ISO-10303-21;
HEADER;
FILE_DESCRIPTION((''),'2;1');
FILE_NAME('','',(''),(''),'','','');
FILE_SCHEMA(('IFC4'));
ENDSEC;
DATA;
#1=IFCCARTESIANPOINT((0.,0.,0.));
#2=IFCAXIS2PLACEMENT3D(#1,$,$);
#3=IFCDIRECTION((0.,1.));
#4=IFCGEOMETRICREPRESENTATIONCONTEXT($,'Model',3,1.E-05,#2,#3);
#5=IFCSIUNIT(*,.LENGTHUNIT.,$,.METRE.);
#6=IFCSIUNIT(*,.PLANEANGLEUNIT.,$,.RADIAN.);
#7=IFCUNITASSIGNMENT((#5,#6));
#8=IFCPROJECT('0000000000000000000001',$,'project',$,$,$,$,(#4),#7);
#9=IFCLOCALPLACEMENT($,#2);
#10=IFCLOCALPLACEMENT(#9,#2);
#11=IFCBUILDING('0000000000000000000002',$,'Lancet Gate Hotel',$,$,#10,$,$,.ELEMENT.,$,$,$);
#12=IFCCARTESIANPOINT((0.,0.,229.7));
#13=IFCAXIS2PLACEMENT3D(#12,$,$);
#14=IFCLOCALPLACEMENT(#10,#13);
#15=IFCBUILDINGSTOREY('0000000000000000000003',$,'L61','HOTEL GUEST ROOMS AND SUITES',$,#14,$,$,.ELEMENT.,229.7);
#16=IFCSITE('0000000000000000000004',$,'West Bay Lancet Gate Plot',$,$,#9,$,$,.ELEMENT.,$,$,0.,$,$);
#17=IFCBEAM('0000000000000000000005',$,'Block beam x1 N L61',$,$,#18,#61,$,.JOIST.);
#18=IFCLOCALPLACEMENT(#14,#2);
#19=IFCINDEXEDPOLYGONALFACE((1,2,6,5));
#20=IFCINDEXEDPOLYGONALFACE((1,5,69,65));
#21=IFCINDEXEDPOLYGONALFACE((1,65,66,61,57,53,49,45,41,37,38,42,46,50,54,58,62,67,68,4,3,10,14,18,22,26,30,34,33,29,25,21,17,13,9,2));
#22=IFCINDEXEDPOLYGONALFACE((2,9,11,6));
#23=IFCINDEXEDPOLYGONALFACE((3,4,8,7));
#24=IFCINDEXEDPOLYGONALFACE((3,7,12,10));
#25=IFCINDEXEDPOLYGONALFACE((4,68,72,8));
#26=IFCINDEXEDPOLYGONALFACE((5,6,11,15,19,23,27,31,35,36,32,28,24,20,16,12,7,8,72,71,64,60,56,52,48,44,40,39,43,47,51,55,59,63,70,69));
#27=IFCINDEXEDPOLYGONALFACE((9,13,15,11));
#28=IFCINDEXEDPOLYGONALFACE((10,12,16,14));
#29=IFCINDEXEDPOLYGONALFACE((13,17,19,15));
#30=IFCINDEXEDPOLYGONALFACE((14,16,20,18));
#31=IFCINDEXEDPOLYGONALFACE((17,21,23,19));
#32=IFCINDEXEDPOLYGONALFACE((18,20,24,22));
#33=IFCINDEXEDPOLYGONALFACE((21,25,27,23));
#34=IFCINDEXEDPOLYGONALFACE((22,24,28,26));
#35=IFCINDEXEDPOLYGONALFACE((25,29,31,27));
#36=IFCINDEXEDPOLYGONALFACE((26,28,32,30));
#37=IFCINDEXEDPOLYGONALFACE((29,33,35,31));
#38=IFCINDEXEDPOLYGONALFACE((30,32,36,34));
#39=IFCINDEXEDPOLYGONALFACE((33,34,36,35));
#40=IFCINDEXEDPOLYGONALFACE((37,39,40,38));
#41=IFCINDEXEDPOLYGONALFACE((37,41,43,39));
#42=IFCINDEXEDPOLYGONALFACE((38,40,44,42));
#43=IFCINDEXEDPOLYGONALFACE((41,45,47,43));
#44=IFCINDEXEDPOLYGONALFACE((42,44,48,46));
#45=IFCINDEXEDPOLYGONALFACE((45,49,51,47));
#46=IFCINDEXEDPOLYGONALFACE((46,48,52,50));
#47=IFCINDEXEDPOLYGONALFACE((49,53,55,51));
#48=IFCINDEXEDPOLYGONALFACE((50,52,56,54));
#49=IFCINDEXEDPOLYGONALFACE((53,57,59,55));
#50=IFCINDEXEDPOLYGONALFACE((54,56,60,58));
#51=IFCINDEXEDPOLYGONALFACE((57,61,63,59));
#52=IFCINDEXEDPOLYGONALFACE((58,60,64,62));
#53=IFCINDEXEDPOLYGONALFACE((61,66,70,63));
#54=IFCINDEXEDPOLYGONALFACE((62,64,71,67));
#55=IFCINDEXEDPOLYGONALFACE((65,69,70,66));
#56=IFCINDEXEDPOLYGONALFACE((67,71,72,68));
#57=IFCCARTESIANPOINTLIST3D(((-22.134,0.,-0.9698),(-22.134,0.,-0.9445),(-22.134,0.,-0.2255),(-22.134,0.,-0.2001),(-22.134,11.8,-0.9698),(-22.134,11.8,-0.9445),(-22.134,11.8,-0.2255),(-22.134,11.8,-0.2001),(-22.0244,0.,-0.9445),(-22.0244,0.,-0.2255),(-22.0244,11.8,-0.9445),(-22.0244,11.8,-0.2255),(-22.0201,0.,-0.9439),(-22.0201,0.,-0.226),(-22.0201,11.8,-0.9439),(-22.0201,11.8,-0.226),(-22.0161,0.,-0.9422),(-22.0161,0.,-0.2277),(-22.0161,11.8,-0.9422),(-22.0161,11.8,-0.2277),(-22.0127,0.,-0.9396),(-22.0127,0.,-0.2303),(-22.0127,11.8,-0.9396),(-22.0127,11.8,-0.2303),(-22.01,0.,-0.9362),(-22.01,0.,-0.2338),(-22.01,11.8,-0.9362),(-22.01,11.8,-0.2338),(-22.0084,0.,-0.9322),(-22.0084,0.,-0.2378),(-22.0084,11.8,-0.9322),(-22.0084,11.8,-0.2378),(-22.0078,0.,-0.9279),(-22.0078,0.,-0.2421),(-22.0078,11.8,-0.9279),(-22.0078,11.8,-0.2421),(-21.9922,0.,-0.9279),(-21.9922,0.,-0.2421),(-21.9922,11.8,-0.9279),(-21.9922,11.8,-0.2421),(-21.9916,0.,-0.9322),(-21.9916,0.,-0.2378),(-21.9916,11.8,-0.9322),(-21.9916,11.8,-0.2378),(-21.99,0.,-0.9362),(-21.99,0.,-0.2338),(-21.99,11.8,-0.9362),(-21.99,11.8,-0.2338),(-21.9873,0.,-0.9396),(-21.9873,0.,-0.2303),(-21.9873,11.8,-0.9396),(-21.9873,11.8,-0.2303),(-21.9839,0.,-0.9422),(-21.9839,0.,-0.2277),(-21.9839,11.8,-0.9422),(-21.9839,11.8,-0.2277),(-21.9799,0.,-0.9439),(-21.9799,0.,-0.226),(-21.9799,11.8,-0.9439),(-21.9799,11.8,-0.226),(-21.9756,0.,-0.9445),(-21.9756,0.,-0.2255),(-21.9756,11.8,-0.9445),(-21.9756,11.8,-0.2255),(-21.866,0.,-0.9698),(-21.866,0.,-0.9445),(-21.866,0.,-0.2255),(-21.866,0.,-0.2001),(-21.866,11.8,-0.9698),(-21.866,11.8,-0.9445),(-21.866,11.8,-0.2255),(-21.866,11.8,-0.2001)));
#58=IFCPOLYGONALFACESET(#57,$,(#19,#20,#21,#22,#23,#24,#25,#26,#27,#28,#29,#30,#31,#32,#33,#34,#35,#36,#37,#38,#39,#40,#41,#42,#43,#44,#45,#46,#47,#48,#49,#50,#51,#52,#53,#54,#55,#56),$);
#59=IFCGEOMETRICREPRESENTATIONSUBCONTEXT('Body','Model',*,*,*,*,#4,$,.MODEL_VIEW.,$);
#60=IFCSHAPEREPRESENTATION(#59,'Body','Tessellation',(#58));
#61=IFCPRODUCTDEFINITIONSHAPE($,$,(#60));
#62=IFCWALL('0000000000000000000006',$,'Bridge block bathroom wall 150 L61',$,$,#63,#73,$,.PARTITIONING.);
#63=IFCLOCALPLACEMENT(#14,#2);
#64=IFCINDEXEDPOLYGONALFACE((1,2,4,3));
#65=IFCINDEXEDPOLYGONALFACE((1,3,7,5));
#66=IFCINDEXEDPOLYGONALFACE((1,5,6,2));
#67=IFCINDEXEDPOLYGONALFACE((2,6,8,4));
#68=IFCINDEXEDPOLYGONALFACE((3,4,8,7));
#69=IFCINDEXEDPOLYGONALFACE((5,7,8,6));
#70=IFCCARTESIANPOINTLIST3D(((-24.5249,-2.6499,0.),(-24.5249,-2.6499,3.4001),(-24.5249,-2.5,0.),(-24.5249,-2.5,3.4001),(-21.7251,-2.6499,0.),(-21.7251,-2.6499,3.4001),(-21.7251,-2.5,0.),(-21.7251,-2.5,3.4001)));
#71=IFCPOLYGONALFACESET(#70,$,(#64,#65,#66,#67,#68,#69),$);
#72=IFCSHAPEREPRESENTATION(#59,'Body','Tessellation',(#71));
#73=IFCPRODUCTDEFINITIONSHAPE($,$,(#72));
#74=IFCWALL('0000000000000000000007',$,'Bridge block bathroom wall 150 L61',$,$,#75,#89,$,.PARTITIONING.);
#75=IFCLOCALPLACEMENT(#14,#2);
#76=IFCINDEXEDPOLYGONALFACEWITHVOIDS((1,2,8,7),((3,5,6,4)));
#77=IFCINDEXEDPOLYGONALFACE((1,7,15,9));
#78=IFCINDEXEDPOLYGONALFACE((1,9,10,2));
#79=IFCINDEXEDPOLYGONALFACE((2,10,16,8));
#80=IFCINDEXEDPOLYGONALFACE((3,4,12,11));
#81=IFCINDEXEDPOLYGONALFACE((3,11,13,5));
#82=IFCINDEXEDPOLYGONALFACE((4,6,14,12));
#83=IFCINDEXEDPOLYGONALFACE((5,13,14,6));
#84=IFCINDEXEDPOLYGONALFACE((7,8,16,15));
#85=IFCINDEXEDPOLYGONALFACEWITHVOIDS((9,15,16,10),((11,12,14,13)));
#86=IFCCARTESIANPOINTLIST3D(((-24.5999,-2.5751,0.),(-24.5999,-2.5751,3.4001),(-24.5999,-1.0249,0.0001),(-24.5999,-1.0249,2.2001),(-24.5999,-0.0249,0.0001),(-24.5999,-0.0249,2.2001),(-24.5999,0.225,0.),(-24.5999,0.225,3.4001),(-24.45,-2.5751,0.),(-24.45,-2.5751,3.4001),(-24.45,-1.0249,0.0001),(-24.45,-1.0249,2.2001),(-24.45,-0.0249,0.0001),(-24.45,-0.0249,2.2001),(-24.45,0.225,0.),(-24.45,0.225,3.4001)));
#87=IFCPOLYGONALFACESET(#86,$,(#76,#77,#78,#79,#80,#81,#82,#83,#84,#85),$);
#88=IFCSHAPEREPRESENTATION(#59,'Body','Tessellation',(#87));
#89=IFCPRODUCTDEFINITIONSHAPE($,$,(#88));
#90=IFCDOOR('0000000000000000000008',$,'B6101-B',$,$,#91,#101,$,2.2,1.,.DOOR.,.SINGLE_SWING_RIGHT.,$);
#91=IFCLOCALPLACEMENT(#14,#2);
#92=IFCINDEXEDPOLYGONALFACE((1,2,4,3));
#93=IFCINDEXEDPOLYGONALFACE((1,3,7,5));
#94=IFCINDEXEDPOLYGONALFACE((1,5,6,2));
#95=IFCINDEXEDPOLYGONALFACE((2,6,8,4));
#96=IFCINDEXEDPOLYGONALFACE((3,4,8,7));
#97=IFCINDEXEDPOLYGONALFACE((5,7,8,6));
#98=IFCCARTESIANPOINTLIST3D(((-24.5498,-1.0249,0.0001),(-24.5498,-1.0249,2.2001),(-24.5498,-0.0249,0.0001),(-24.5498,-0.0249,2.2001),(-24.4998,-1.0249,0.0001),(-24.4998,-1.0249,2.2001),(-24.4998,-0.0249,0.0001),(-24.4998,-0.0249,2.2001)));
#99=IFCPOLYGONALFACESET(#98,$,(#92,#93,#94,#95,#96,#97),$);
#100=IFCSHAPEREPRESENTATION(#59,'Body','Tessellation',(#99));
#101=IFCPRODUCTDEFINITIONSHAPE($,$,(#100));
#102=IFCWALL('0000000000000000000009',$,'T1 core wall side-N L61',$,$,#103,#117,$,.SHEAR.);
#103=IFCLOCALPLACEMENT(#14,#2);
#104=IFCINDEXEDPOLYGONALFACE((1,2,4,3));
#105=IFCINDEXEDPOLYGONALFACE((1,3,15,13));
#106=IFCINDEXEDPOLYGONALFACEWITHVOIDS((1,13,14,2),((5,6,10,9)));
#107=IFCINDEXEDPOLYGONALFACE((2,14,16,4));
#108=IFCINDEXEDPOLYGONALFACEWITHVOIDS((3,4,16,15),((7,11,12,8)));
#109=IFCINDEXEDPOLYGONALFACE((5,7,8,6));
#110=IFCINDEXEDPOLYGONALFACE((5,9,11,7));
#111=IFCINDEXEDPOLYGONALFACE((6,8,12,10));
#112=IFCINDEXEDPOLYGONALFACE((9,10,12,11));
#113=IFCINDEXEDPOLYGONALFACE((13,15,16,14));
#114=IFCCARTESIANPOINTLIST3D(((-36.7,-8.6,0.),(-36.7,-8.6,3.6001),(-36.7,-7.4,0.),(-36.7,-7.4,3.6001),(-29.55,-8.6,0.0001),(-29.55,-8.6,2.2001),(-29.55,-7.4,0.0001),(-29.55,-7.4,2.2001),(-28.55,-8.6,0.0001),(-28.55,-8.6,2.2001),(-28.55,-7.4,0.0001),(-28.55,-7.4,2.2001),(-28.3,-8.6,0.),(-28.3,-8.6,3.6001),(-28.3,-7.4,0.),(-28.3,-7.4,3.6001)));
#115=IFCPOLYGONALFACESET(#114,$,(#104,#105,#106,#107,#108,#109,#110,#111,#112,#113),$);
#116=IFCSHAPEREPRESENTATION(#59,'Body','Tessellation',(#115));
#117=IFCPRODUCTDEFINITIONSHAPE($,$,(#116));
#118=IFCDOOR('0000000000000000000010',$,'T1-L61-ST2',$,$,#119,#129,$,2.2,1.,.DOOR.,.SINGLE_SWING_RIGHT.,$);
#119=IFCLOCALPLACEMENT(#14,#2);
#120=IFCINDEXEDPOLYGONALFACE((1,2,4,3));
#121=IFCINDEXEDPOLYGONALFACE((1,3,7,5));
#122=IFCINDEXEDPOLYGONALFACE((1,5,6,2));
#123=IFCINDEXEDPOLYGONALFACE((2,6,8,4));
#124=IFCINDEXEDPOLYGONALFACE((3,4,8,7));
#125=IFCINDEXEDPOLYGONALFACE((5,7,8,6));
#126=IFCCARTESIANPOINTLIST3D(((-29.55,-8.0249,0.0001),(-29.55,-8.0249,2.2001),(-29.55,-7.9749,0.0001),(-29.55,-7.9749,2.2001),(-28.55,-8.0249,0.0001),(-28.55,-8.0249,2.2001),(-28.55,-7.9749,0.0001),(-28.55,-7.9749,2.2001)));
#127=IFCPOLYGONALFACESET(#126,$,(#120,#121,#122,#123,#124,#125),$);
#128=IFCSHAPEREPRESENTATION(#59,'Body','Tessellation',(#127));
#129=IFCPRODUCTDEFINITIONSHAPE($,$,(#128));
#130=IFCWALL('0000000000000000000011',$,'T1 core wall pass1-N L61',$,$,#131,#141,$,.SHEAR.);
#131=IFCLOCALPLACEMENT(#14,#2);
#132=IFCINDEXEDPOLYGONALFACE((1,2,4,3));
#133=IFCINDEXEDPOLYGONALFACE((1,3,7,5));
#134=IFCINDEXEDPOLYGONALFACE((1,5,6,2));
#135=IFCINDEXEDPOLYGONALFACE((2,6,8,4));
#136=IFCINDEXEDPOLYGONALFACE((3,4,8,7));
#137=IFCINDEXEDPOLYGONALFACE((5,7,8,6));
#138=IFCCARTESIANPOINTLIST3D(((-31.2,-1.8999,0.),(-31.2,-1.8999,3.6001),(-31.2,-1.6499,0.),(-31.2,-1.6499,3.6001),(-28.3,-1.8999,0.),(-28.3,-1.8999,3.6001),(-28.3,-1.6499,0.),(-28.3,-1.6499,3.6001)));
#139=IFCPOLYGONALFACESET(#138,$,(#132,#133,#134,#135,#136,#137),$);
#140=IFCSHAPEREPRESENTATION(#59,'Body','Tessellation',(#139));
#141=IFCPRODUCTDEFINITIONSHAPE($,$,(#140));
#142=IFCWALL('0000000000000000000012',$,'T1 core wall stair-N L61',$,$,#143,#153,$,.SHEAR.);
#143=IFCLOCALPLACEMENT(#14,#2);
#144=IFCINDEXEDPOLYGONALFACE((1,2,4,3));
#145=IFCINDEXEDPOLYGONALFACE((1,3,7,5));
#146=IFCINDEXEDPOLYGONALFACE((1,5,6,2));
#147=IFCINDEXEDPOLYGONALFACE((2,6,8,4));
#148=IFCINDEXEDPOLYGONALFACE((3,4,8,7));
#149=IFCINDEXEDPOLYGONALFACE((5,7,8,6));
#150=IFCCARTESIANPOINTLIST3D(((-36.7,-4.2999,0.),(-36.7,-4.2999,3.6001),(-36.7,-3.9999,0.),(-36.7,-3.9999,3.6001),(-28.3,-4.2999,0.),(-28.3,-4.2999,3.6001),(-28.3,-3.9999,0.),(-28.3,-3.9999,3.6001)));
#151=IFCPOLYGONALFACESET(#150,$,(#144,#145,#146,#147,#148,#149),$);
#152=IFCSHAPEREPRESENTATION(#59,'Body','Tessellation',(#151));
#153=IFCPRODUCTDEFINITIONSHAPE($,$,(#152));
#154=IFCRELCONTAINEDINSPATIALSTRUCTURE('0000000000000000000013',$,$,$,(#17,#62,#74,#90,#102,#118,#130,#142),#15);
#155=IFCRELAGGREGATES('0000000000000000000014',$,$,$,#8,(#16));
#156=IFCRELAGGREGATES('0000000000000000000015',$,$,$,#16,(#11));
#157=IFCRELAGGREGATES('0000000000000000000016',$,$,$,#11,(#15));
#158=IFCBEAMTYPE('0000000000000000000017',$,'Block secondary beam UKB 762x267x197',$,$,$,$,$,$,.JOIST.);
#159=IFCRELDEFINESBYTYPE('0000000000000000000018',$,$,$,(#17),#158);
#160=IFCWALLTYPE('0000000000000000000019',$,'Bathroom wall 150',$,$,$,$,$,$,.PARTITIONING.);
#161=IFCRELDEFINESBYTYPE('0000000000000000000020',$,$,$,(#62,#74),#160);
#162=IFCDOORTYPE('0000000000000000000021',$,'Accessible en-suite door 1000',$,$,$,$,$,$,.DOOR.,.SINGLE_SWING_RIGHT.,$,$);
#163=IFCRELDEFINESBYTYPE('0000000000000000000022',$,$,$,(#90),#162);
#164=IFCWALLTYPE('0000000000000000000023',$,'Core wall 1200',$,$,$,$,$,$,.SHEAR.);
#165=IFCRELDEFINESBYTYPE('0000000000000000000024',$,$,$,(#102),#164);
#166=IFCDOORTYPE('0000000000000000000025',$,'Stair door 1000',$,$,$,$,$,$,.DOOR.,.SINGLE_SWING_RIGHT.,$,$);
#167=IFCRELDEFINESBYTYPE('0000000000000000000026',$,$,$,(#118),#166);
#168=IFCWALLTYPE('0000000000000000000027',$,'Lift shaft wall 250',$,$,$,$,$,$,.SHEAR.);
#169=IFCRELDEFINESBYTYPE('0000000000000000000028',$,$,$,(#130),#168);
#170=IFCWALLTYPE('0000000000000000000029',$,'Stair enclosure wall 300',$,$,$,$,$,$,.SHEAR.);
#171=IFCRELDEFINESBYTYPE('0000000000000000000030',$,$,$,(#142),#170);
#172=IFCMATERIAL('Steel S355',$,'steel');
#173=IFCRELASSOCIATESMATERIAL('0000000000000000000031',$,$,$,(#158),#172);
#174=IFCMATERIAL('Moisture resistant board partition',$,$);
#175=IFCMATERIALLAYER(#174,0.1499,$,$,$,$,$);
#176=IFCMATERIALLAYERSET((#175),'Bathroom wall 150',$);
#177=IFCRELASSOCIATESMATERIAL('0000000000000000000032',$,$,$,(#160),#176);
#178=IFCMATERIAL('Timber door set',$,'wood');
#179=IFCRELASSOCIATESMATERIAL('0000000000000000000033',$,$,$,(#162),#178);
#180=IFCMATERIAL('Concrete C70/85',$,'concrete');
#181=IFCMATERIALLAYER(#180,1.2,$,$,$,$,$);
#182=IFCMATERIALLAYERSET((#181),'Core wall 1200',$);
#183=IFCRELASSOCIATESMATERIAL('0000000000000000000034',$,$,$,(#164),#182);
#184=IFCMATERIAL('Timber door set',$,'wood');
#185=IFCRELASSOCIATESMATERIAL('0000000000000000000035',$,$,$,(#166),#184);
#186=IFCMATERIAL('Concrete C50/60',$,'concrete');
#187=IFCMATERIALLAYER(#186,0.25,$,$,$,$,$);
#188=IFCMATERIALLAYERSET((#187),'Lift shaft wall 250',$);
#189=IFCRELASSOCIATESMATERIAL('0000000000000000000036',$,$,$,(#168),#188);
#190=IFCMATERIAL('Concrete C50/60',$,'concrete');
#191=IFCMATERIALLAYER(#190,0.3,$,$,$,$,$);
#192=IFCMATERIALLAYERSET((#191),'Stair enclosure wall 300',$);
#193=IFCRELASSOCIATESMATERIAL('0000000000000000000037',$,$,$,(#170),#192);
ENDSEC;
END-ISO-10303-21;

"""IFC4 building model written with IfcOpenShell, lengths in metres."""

from ifc_helpers import new_model, si_unit, direction, frame, frame_2d, origin, origin_2d, place, context, subcontext, project, spatial, rectangle, i_section, extrude, material, layer, layer_set, material_profile, profile_set, type_object, element, fill, save


model = new_model("IFC4")

# Units and contexts
model_context = context("Model", 3, precision=1e-05, world=origin(), true_north=direction((0.0, 1.0)))
body_context = subcontext(model_context, "Body", "Model", "MODEL_VIEW")
ifc_project = project(units=[si_unit("LENGTHUNIT", "METRE"), si_unit("PLANEANGLEUNIT", "RADIAN")], contexts=[model_context])

# Site, building, storey
site_placement = place(None, origin())
site = spatial("IfcSite", under=ifc_project, at=site_placement, Name="West Bay Lancet Gate Plot", CompositionType="ELEMENT", RefElevation=0.0)
building_placement = place(site_placement, origin())
building = spatial("IfcBuilding", under=site, at=building_placement, Name="Lancet Gate Hotel", CompositionType="ELEMENT")
storey_placement = place(building_placement, frame((0.0, 0.0, 229.7)))
storey = spatial("IfcBuildingStorey", under=building, at=storey_placement, Name="L61", Description="HOTEL GUEST ROOMS AND SUITES", CompositionType="ELEMENT", Elevation=229.7)

# Beam
ifc_material_1 = material(Name="Steel S355", Category="steel")
ifc_material_profile_1 = material_profile(ifc_material_1, i_section(OverallWidth=0.2681, OverallDepth=0.7698, WebThickness=0.0156, FlangeThickness=0.0254, FilletRadius=0.0166, at=origin_2d()), Name="UKB 762x267x197")
ifc_profile_set_1 = profile_set([ifc_material_profile_1], Name="Steel S355")
beam_type_1 = type_object("IfcBeamType", Name="Block secondary beam UKB 762x267x197", PredefinedType="JOIST", material=ifc_profile_set_1)
beam_1_placement = place(storey_placement, frame((-22.0, 0.0, -0.585), z_axis=(0.0, 1.0, 0.0), x_axis=(-1.0, 0.0, 0.0)))
element("IfcBeam", 1, at=beam_1_placement, inside=storey, type_object=beam_type_1, Name="Block beam x1 N L61", PredefinedType="JOIST", context=body_context, shape_type="SweptSolid", body=[
    extrude(i_section(OverallWidth=0.2681, OverallDepth=0.7698, WebThickness=0.0156, FlangeThickness=0.0254, FilletRadius=0.0166, at=origin_2d()), origin(), (0.0, 0.0, 1.0), 11.8),
])

# Wall
ifc_material_2 = material(Name="Moisture resistant board partition")
ifc_layer_1 = layer(ifc_material_2, 0.1499)
ifc_layer_set_1 = layer_set([ifc_layer_1], Name="Bathroom wall 150")
wall_type_1 = type_object("IfcWallType", Name="Bathroom wall 150", PredefinedType="PARTITIONING", material=ifc_layer_set_1)
wall_1_placement = place(storey_placement, frame((-24.5249, -2.575, 0.0), z_axis=(0.0, 0.0, 1.0), x_axis=(1.0, 0.0, 0.0)))
element("IfcWall", 2, at=wall_1_placement, inside=storey, type_object=wall_type_1, Name="Bridge block bathroom wall 150 L61", PredefinedType="PARTITIONING", context=body_context, shape_type="SweptSolid", body=[
    extrude(rectangle(XDim=2.7998, YDim=0.1499, at=frame_2d((1.3999, 0.0))), origin(), (0.0, 0.0, 1.0), 3.4001),
])

# Walls, openings, doors
wall_2_placement = place(storey_placement, frame((-24.5249, -2.575, 0.0), z_axis=(0.0, 0.0, 1.0), x_axis=(0.0, 1.0, 0.0)))
wall_2 = element("IfcWall", 3, at=wall_2_placement, inside=storey, type_object=wall_type_1, Name="Bridge block bathroom wall 150 L61", PredefinedType="PARTITIONING", context=body_context, shape_type="SweptSolid", body=[
    extrude(rectangle(XDim=2.8, YDim=0.1499, at=frame_2d((1.3999, 0.0))), origin(), (0.0, 0.0, 1.0), 3.4001),
])
opening_1_placement = place(wall_2_placement, frame((1.55, 0.0, 0.0)))
opening_1 = element("IfcOpeningElement", 4, at=opening_1_placement, cuts=wall_2, PredefinedType="OPENING", context=body_context, shape_type="SweptSolid", body=[
    extrude(rectangle(XDim=1.0, YDim=2.2, at=frame_2d((0.5, 1.1001))), frame((0.0, 0.085, 0.0), z_axis=(0.0, -1.0, 0.0), x_axis=(1.0, 0.0, 0.0)), (0.0, 0.0, 1.0), 0.1699),
])
ifc_material_3 = material(Name="Timber door set", Category="wood")
door_type_1 = type_object("IfcDoorType", Name="Accessible en-suite door 1000", OperationType="SINGLE_SWING_RIGHT", PredefinedType="DOOR", material=ifc_material_3)
door_1_placement = place(opening_1_placement, origin())
door_1 = element("IfcDoor", 5, at=door_1_placement, inside=storey, type_object=door_type_1, Name="B6101-B", OperationType="SINGLE_SWING_RIGHT", OverallHeight=2.2, OverallWidth=1.0, PredefinedType="DOOR", context=body_context, shape_type="SweptSolid", body=[
    extrude(rectangle(XDim=1.0, YDim=2.2, at=frame_2d((0.5, 1.1001))), frame((0.0, 0.0249, 0.0), z_axis=(0.0, -1.0, 0.0), x_axis=(1.0, 0.0, 0.0)), (0.0, 0.0, 1.0), 0.05),
])
fill(opening_1, door_1)
ifc_material_4 = material(Name="Concrete C70/85", Category="concrete")
ifc_layer_2 = layer(ifc_material_4, 1.2)
ifc_layer_set_2 = layer_set([ifc_layer_2], Name="Core wall 1200")
wall_type_2 = type_object("IfcWallType", Name="Core wall 1200", PredefinedType="SHEAR", material=ifc_layer_set_2)
wall_3_placement = place(storey_placement, frame((-28.3, -8.0, 0.0), z_axis=(0.0, 0.0, 1.0), x_axis=(-1.0, 0.0, 0.0)))
wall_3 = element("IfcWall", 6, at=wall_3_placement, inside=storey, type_object=wall_type_2, Name="T1 core wall side-N L61", PredefinedType="SHEAR", context=body_context, shape_type="SweptSolid", body=[
    extrude(rectangle(XDim=8.3999, YDim=1.2, at=frame_2d((4.2, 0.0))), origin(), (0.0, 0.0, 1.0), 3.6001),
])
opening_2_placement = place(wall_3_placement, frame((0.25, 0.0, 0.0)))
opening_2 = element("IfcOpeningElement", 7, at=opening_2_placement, cuts=wall_3, PredefinedType="OPENING", context=body_context, shape_type="SweptSolid", body=[
    extrude(rectangle(XDim=1.0, YDim=2.2, at=frame_2d((0.5, 1.1001))), frame((0.0, 0.6099, 0.0), z_axis=(0.0, -1.0, 0.0), x_axis=(1.0, 0.0, 0.0)), (0.0, 0.0, 1.0), 1.22),
])
ifc_material_5 = material(Name="Timber door set", Category="wood")
door_type_2 = type_object("IfcDoorType", Name="Stair door 1000", OperationType="SINGLE_SWING_RIGHT", PredefinedType="DOOR", material=ifc_material_5)
door_2_placement = place(opening_2_placement, origin())
door_2 = element("IfcDoor", 8, at=door_2_placement, inside=storey, type_object=door_type_2, Name="T1-L61-ST2", OperationType="SINGLE_SWING_RIGHT", OverallHeight=2.2, OverallWidth=1.0, PredefinedType="DOOR", context=body_context, shape_type="SweptSolid", body=[
    extrude(rectangle(XDim=1.0, YDim=2.2, at=frame_2d((0.5, 1.1001))), frame((0.0, 0.0249, 0.0), z_axis=(0.0, -1.0, 0.0), x_axis=(1.0, 0.0, 0.0)), (0.0, 0.0, 1.0), 0.05),
])
fill(opening_2, door_2)

# Walls
ifc_material_6 = material(Name="Concrete C50/60", Category="concrete")
ifc_layer_3 = layer(ifc_material_6, 0.25)
ifc_layer_set_3 = layer_set([ifc_layer_3], Name="Lift shaft wall 250")
wall_type_3 = type_object("IfcWallType", Name="Lift shaft wall 250", PredefinedType="SHEAR", material=ifc_layer_set_3)
wall_4_placement = place(storey_placement, frame((-28.3, -1.7749, 0.0), z_axis=(0.0, 0.0, 1.0), x_axis=(-1.0, 0.0, 0.0)))
element("IfcWall", 9, at=wall_4_placement, inside=storey, type_object=wall_type_3, Name="T1 core wall pass1-N L61", PredefinedType="SHEAR", context=body_context, shape_type="SweptSolid", body=[
    extrude(rectangle(XDim=2.8999, YDim=0.25, at=frame_2d((1.45, 0.0))), origin(), (0.0, 0.0, 1.0), 3.6001),
])
ifc_material_7 = material(Name="Concrete C50/60", Category="concrete")
ifc_layer_4 = layer(ifc_material_7, 0.3)
ifc_layer_set_4 = layer_set([ifc_layer_4], Name="Stair enclosure wall 300")
wall_type_4 = type_object("IfcWallType", Name="Stair enclosure wall 300", PredefinedType="SHEAR", material=ifc_layer_set_4)
wall_5_placement = place(storey_placement, frame((-28.3, -4.1499, 0.0), z_axis=(0.0, 0.0, 1.0), x_axis=(-1.0, 0.0, 0.0)))
element("IfcWall", 10, at=wall_5_placement, inside=storey, type_object=wall_type_4, Name="T1 core wall stair-N L61", PredefinedType="SHEAR", context=body_context, shape_type="SweptSolid", body=[
    extrude(rectangle(XDim=8.3999, YDim=0.3, at=frame_2d((4.2, 0.0))), origin(), (0.0, 0.0, 1.0), 3.6001),
])

save(model, "model.ifc")
